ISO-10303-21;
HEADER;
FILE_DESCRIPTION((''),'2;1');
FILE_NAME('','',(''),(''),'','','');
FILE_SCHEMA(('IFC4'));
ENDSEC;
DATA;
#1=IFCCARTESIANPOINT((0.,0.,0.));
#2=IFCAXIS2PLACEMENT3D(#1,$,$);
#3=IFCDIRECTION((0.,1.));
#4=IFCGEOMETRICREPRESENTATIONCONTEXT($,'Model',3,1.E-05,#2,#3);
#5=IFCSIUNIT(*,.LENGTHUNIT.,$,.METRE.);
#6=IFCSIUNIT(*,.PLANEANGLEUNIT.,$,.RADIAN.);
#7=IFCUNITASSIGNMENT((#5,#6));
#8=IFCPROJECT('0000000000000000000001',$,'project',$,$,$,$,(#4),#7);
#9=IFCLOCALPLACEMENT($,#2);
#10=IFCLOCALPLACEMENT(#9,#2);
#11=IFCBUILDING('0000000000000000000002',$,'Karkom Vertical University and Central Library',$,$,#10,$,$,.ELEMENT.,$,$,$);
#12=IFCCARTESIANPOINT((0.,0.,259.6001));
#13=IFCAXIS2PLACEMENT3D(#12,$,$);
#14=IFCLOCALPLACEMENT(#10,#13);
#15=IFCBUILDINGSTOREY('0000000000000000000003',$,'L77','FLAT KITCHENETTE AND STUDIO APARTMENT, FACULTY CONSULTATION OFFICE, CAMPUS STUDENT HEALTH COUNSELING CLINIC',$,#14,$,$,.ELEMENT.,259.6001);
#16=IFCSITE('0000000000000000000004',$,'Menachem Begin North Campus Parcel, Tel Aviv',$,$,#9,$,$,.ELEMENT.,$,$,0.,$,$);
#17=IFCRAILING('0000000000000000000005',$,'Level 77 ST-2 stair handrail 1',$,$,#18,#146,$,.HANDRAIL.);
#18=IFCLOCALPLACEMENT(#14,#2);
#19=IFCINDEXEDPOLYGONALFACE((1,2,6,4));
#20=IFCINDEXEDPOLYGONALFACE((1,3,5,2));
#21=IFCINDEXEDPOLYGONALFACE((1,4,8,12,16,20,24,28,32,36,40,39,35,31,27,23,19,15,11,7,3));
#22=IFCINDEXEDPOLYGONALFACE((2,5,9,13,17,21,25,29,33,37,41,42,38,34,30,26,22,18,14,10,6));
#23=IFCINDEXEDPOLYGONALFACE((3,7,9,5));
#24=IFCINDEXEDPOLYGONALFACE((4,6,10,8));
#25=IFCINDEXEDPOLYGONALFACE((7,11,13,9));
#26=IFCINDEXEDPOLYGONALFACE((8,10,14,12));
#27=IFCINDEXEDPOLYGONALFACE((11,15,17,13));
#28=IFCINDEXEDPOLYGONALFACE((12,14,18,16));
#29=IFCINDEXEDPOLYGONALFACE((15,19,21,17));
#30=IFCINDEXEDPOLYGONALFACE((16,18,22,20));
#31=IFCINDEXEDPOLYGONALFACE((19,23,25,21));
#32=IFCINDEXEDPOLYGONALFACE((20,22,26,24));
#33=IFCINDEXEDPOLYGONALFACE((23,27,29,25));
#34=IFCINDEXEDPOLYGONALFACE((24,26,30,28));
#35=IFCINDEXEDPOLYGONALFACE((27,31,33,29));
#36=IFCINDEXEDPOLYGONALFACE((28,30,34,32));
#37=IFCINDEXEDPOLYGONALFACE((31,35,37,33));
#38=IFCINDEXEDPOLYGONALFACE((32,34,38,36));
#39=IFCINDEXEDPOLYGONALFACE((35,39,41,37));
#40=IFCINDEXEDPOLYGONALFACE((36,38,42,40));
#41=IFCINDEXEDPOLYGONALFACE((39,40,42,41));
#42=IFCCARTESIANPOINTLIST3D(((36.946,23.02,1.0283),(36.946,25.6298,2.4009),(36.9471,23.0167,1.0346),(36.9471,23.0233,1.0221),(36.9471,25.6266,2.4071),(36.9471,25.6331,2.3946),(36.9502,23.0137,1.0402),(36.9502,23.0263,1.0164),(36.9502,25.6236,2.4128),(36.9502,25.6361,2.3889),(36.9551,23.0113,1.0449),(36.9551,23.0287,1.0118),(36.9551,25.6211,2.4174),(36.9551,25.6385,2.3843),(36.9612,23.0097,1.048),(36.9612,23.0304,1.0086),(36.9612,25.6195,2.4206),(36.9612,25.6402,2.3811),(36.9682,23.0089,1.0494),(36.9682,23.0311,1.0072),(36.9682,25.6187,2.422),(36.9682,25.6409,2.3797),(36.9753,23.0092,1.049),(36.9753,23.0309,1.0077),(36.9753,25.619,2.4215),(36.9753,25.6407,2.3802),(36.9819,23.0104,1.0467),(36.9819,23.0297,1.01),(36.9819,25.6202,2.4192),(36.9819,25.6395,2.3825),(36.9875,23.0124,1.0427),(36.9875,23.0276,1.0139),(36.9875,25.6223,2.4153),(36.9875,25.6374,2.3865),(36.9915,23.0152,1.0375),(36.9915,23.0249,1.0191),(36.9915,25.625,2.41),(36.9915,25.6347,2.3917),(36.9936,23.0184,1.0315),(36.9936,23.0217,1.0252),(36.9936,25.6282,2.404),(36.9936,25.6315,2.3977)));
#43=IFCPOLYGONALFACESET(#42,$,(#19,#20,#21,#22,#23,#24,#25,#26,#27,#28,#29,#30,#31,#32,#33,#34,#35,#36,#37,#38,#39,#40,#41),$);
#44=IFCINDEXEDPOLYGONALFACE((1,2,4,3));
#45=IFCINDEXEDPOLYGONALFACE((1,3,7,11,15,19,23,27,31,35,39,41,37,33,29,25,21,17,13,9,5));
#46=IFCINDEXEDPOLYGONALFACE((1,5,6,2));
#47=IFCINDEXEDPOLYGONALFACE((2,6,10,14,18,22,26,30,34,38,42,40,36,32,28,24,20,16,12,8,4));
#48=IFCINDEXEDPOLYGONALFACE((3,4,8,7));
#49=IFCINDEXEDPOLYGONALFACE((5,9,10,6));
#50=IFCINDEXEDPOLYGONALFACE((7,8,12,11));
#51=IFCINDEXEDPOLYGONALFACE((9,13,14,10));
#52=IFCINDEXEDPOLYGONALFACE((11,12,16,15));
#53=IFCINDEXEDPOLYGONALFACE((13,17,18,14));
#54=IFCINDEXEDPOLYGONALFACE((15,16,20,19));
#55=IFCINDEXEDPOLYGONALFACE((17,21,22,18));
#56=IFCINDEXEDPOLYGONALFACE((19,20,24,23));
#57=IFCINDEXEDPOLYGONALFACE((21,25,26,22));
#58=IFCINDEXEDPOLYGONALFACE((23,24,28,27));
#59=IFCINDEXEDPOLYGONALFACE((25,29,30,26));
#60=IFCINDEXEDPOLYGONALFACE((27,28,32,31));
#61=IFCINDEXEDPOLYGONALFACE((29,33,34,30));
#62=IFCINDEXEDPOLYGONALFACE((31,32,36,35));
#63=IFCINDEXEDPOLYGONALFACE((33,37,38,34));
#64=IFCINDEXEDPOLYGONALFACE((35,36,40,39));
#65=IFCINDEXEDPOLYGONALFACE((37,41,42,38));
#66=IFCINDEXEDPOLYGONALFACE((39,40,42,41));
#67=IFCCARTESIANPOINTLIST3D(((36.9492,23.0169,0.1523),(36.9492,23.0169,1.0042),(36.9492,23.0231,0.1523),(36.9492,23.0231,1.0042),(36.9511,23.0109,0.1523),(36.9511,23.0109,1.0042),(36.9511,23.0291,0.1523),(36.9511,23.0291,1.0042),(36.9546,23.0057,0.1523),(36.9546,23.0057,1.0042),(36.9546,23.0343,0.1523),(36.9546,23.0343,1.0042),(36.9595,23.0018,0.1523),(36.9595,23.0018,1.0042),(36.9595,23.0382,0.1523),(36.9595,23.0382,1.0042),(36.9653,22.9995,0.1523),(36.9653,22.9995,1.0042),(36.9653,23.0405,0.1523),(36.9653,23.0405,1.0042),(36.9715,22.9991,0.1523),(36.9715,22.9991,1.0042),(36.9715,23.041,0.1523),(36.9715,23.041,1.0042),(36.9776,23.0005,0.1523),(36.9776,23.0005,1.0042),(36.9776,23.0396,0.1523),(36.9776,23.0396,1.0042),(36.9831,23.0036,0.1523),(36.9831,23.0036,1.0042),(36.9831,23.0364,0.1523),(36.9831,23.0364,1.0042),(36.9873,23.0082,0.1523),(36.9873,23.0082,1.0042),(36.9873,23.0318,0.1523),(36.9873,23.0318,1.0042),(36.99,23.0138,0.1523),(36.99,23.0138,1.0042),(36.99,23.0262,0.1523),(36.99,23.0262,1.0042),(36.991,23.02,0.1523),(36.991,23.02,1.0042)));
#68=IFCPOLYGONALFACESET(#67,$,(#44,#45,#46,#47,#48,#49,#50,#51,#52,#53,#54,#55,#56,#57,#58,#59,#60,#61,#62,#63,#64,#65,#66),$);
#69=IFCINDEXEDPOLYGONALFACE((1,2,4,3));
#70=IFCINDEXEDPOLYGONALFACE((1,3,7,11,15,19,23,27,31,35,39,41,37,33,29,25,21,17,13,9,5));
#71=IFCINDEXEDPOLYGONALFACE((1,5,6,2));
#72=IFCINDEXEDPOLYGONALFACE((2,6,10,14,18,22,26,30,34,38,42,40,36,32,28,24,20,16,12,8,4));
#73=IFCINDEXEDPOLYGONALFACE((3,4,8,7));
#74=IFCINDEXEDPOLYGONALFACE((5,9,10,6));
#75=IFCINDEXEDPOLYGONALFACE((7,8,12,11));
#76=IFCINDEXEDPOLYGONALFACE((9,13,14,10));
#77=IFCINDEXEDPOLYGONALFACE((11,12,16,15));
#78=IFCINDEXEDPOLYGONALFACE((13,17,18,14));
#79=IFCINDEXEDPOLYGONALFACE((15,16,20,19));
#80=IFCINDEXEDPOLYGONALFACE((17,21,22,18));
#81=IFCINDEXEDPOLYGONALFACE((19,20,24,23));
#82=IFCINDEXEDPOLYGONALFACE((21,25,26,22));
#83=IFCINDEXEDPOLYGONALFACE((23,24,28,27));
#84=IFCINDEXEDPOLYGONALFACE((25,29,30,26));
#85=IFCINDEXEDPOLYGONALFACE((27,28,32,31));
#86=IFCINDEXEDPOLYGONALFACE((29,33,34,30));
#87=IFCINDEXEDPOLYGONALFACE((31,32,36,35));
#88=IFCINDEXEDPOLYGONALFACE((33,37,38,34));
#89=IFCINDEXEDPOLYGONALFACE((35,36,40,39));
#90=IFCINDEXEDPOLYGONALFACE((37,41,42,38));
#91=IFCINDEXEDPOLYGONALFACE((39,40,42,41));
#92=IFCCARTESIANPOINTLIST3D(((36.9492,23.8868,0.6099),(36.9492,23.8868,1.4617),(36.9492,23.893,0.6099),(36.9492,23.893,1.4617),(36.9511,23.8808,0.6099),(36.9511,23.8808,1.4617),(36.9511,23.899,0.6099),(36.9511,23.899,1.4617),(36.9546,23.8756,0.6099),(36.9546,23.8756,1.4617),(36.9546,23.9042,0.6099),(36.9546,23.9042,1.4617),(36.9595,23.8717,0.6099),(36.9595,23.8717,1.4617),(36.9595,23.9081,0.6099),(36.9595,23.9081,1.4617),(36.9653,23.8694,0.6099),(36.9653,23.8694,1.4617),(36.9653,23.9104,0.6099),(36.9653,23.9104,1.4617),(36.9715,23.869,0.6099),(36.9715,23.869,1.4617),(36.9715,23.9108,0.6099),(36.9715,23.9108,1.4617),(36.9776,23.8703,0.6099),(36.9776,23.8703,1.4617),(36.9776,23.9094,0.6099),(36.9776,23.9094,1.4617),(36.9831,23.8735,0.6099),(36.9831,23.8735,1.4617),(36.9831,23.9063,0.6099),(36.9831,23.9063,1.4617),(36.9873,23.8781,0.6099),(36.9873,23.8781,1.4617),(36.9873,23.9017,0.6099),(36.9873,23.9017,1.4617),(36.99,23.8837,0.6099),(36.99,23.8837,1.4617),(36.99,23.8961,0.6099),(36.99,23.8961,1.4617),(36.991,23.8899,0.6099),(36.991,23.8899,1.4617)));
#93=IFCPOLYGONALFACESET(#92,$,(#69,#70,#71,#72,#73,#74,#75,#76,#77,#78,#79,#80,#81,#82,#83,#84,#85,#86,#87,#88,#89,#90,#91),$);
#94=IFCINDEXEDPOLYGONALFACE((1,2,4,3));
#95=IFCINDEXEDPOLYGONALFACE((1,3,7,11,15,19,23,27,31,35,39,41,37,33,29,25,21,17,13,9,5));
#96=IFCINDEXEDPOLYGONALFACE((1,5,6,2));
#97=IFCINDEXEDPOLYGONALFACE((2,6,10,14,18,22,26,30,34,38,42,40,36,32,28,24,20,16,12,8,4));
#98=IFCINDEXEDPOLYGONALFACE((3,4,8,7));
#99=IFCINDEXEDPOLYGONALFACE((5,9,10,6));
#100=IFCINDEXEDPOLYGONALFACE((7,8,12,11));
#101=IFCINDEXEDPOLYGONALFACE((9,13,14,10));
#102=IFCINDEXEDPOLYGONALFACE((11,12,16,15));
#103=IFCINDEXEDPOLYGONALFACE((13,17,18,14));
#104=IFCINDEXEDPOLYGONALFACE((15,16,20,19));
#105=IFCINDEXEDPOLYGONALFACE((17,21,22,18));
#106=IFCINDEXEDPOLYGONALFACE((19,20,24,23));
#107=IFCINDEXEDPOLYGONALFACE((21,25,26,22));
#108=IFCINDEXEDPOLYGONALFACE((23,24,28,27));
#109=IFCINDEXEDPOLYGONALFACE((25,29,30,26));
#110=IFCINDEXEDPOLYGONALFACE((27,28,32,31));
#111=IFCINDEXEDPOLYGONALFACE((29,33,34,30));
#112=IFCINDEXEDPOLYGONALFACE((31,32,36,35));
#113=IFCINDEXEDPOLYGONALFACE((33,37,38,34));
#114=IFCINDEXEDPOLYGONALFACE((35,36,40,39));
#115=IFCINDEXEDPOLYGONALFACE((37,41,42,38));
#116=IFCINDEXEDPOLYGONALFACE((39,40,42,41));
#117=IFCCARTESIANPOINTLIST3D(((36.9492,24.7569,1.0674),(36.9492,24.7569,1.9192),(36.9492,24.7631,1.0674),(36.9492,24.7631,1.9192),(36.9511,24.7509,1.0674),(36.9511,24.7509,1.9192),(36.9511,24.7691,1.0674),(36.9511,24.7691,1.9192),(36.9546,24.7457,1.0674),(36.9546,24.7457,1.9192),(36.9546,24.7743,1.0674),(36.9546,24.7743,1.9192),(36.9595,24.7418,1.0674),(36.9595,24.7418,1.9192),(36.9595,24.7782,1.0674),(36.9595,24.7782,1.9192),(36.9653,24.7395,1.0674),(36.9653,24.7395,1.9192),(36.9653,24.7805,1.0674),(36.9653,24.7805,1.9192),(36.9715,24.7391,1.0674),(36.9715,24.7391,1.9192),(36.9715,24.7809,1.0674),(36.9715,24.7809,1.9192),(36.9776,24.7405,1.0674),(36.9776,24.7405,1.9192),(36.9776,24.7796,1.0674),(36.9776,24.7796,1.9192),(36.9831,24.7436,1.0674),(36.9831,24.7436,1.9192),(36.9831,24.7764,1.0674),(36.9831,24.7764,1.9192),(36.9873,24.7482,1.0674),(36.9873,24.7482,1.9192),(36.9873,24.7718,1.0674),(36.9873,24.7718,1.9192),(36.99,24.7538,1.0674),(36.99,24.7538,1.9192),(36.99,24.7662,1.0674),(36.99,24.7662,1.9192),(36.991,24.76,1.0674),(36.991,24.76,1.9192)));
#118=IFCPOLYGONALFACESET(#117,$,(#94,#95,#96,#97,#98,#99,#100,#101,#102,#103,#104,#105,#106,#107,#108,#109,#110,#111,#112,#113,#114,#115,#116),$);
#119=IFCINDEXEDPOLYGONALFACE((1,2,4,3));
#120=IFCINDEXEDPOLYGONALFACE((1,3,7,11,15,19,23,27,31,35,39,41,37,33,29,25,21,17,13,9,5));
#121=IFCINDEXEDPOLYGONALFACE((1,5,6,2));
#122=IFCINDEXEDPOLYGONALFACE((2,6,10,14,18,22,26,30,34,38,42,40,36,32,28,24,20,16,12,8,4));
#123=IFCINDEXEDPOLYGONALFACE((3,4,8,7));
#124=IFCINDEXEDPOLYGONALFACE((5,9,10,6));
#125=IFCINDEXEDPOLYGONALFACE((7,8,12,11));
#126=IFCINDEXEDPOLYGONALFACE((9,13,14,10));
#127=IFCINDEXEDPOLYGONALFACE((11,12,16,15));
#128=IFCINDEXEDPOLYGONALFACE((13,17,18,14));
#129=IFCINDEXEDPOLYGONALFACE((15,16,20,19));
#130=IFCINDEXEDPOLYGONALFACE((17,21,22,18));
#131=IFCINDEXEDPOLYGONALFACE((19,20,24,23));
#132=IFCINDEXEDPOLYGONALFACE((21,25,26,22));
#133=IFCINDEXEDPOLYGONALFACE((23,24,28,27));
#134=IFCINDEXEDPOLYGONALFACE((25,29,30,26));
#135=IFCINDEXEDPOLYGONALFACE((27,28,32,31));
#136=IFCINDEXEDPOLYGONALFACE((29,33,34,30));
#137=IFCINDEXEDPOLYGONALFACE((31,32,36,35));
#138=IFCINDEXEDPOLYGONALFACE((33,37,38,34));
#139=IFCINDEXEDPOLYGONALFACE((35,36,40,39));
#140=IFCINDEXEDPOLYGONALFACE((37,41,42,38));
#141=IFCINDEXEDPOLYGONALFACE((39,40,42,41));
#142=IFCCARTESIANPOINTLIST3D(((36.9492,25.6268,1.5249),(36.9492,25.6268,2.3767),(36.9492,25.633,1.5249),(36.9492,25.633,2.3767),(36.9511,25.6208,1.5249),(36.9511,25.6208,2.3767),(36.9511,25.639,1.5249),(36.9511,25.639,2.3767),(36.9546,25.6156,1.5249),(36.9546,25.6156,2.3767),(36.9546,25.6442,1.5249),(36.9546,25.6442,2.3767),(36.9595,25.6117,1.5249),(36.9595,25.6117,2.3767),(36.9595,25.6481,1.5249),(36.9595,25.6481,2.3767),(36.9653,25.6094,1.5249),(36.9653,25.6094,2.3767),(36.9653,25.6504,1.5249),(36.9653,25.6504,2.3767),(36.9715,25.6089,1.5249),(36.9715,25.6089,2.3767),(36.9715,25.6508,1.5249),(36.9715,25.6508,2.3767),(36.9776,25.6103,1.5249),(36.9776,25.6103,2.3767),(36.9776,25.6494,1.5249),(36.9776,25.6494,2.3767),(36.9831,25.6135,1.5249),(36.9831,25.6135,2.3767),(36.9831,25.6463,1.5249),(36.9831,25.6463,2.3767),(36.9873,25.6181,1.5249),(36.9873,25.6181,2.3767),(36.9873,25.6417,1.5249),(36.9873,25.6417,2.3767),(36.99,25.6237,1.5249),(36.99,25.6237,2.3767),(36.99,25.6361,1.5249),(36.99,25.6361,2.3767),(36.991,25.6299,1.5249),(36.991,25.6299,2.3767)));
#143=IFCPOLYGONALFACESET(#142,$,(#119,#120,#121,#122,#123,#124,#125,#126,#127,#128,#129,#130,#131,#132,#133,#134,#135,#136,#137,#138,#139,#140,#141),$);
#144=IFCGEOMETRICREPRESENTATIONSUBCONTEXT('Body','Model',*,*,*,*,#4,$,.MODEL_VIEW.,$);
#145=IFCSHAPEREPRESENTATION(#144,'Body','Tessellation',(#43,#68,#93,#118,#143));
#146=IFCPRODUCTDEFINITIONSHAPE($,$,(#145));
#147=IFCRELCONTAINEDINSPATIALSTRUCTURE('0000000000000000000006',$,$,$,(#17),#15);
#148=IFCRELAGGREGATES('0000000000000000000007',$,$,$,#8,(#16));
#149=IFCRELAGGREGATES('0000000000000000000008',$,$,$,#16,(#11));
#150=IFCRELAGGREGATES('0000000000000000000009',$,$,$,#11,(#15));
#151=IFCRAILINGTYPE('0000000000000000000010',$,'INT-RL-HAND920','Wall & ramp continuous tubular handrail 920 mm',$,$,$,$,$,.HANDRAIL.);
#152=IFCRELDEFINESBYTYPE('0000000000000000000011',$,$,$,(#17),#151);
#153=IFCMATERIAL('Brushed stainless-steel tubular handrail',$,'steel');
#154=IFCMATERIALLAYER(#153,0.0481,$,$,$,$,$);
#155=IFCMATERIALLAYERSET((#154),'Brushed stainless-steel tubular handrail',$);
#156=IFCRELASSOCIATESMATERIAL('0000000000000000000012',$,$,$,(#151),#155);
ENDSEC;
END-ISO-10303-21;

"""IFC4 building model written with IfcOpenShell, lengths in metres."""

from ifc_helpers import new_model, si_unit, direction, frame, origin, origin_2d, place, context, subcontext, project, spatial, circle, extrude, material, layer, layer_set, type_object, element, save


model = new_model("IFC4")

# Units and contexts
model_context = context("Model", 3, precision=1e-05, world=origin(), true_north=direction((0.0, 1.0)))
body_context = subcontext(model_context, "Body", "Model", "MODEL_VIEW")
ifc_project = project(units=[si_unit("LENGTHUNIT", "METRE"), si_unit("PLANEANGLEUNIT", "RADIAN")], contexts=[model_context])

# Site, building, storey
site_placement = place(None, origin())
site = spatial("IfcSite", under=ifc_project, at=site_placement, Name="Menachem Begin North Campus Parcel, Tel Aviv", CompositionType="ELEMENT", RefElevation=0.0)
building_placement = place(site_placement, origin())
building = spatial("IfcBuilding", under=site, at=building_placement, Name="Karkom Vertical University and Central Library", CompositionType="ELEMENT")
storey_placement = place(building_placement, frame((0.0, 0.0, 259.6001)))
storey = spatial("IfcBuildingStorey", under=building, at=storey_placement, Name="L77", Description="FLAT KITCHENETTE AND STUDIO APARTMENT, FACULTY CONSULTATION OFFICE, CAMPUS STUDENT HEALTH COUNSELING CLINIC", CompositionType="ELEMENT", Elevation=259.6001)

# Railing
ifc_material_1 = material(Name="Brushed stainless-steel tubular handrail", Category="steel")
ifc_layer_1 = layer(ifc_material_1, 0.0481)
ifc_layer_set_1 = layer_set([ifc_layer_1], Name="Brushed stainless-steel tubular handrail")
railing_type_1 = type_object("IfcRailingType", Name="INT-RL-HAND920", Description="Wall & ramp continuous tubular handrail 920 mm", PredefinedType="HANDRAIL", material=ifc_layer_set_1)
railing_1_placement = place(storey_placement, frame((36.97, 23.02, 0.1523)))
element("IfcRailing", 1, at=railing_1_placement, inside=storey, type_object=railing_type_1, Name="Level 77 ST-2 stair handrail 1", PredefinedType="HANDRAIL", context=body_context, shape_type="SweptSolid", body=[
    extrude(circle(Radius=0.0239, at=origin_2d()), frame((0.0, 0.0, 0.876), z_axis=(0.0, 0.885065, 0.465467), x_axis=(-1.0, 0.0, 0.0)), (0.0, 0.0, 1.0), 2.9487),
    extrude(circle(Radius=0.021, at=origin_2d()), origin(), (0.0, 0.0, 1.0), 0.8518),
    extrude(circle(Radius=0.021, at=origin_2d()), frame((0.0, 0.8699, 0.4575)), (0.0, 0.0, 1.0), 0.8518),
    extrude(circle(Radius=0.021, at=origin_2d()), frame((0.0, 1.74, 0.915)), (0.0, 0.0, 1.0), 0.8518),
    extrude(circle(Radius=0.021, at=origin_2d()), frame((0.0, 2.6099, 1.3726)), (0.0, 0.0, 1.0), 0.8518),
])

save(model, "model.ifc")
